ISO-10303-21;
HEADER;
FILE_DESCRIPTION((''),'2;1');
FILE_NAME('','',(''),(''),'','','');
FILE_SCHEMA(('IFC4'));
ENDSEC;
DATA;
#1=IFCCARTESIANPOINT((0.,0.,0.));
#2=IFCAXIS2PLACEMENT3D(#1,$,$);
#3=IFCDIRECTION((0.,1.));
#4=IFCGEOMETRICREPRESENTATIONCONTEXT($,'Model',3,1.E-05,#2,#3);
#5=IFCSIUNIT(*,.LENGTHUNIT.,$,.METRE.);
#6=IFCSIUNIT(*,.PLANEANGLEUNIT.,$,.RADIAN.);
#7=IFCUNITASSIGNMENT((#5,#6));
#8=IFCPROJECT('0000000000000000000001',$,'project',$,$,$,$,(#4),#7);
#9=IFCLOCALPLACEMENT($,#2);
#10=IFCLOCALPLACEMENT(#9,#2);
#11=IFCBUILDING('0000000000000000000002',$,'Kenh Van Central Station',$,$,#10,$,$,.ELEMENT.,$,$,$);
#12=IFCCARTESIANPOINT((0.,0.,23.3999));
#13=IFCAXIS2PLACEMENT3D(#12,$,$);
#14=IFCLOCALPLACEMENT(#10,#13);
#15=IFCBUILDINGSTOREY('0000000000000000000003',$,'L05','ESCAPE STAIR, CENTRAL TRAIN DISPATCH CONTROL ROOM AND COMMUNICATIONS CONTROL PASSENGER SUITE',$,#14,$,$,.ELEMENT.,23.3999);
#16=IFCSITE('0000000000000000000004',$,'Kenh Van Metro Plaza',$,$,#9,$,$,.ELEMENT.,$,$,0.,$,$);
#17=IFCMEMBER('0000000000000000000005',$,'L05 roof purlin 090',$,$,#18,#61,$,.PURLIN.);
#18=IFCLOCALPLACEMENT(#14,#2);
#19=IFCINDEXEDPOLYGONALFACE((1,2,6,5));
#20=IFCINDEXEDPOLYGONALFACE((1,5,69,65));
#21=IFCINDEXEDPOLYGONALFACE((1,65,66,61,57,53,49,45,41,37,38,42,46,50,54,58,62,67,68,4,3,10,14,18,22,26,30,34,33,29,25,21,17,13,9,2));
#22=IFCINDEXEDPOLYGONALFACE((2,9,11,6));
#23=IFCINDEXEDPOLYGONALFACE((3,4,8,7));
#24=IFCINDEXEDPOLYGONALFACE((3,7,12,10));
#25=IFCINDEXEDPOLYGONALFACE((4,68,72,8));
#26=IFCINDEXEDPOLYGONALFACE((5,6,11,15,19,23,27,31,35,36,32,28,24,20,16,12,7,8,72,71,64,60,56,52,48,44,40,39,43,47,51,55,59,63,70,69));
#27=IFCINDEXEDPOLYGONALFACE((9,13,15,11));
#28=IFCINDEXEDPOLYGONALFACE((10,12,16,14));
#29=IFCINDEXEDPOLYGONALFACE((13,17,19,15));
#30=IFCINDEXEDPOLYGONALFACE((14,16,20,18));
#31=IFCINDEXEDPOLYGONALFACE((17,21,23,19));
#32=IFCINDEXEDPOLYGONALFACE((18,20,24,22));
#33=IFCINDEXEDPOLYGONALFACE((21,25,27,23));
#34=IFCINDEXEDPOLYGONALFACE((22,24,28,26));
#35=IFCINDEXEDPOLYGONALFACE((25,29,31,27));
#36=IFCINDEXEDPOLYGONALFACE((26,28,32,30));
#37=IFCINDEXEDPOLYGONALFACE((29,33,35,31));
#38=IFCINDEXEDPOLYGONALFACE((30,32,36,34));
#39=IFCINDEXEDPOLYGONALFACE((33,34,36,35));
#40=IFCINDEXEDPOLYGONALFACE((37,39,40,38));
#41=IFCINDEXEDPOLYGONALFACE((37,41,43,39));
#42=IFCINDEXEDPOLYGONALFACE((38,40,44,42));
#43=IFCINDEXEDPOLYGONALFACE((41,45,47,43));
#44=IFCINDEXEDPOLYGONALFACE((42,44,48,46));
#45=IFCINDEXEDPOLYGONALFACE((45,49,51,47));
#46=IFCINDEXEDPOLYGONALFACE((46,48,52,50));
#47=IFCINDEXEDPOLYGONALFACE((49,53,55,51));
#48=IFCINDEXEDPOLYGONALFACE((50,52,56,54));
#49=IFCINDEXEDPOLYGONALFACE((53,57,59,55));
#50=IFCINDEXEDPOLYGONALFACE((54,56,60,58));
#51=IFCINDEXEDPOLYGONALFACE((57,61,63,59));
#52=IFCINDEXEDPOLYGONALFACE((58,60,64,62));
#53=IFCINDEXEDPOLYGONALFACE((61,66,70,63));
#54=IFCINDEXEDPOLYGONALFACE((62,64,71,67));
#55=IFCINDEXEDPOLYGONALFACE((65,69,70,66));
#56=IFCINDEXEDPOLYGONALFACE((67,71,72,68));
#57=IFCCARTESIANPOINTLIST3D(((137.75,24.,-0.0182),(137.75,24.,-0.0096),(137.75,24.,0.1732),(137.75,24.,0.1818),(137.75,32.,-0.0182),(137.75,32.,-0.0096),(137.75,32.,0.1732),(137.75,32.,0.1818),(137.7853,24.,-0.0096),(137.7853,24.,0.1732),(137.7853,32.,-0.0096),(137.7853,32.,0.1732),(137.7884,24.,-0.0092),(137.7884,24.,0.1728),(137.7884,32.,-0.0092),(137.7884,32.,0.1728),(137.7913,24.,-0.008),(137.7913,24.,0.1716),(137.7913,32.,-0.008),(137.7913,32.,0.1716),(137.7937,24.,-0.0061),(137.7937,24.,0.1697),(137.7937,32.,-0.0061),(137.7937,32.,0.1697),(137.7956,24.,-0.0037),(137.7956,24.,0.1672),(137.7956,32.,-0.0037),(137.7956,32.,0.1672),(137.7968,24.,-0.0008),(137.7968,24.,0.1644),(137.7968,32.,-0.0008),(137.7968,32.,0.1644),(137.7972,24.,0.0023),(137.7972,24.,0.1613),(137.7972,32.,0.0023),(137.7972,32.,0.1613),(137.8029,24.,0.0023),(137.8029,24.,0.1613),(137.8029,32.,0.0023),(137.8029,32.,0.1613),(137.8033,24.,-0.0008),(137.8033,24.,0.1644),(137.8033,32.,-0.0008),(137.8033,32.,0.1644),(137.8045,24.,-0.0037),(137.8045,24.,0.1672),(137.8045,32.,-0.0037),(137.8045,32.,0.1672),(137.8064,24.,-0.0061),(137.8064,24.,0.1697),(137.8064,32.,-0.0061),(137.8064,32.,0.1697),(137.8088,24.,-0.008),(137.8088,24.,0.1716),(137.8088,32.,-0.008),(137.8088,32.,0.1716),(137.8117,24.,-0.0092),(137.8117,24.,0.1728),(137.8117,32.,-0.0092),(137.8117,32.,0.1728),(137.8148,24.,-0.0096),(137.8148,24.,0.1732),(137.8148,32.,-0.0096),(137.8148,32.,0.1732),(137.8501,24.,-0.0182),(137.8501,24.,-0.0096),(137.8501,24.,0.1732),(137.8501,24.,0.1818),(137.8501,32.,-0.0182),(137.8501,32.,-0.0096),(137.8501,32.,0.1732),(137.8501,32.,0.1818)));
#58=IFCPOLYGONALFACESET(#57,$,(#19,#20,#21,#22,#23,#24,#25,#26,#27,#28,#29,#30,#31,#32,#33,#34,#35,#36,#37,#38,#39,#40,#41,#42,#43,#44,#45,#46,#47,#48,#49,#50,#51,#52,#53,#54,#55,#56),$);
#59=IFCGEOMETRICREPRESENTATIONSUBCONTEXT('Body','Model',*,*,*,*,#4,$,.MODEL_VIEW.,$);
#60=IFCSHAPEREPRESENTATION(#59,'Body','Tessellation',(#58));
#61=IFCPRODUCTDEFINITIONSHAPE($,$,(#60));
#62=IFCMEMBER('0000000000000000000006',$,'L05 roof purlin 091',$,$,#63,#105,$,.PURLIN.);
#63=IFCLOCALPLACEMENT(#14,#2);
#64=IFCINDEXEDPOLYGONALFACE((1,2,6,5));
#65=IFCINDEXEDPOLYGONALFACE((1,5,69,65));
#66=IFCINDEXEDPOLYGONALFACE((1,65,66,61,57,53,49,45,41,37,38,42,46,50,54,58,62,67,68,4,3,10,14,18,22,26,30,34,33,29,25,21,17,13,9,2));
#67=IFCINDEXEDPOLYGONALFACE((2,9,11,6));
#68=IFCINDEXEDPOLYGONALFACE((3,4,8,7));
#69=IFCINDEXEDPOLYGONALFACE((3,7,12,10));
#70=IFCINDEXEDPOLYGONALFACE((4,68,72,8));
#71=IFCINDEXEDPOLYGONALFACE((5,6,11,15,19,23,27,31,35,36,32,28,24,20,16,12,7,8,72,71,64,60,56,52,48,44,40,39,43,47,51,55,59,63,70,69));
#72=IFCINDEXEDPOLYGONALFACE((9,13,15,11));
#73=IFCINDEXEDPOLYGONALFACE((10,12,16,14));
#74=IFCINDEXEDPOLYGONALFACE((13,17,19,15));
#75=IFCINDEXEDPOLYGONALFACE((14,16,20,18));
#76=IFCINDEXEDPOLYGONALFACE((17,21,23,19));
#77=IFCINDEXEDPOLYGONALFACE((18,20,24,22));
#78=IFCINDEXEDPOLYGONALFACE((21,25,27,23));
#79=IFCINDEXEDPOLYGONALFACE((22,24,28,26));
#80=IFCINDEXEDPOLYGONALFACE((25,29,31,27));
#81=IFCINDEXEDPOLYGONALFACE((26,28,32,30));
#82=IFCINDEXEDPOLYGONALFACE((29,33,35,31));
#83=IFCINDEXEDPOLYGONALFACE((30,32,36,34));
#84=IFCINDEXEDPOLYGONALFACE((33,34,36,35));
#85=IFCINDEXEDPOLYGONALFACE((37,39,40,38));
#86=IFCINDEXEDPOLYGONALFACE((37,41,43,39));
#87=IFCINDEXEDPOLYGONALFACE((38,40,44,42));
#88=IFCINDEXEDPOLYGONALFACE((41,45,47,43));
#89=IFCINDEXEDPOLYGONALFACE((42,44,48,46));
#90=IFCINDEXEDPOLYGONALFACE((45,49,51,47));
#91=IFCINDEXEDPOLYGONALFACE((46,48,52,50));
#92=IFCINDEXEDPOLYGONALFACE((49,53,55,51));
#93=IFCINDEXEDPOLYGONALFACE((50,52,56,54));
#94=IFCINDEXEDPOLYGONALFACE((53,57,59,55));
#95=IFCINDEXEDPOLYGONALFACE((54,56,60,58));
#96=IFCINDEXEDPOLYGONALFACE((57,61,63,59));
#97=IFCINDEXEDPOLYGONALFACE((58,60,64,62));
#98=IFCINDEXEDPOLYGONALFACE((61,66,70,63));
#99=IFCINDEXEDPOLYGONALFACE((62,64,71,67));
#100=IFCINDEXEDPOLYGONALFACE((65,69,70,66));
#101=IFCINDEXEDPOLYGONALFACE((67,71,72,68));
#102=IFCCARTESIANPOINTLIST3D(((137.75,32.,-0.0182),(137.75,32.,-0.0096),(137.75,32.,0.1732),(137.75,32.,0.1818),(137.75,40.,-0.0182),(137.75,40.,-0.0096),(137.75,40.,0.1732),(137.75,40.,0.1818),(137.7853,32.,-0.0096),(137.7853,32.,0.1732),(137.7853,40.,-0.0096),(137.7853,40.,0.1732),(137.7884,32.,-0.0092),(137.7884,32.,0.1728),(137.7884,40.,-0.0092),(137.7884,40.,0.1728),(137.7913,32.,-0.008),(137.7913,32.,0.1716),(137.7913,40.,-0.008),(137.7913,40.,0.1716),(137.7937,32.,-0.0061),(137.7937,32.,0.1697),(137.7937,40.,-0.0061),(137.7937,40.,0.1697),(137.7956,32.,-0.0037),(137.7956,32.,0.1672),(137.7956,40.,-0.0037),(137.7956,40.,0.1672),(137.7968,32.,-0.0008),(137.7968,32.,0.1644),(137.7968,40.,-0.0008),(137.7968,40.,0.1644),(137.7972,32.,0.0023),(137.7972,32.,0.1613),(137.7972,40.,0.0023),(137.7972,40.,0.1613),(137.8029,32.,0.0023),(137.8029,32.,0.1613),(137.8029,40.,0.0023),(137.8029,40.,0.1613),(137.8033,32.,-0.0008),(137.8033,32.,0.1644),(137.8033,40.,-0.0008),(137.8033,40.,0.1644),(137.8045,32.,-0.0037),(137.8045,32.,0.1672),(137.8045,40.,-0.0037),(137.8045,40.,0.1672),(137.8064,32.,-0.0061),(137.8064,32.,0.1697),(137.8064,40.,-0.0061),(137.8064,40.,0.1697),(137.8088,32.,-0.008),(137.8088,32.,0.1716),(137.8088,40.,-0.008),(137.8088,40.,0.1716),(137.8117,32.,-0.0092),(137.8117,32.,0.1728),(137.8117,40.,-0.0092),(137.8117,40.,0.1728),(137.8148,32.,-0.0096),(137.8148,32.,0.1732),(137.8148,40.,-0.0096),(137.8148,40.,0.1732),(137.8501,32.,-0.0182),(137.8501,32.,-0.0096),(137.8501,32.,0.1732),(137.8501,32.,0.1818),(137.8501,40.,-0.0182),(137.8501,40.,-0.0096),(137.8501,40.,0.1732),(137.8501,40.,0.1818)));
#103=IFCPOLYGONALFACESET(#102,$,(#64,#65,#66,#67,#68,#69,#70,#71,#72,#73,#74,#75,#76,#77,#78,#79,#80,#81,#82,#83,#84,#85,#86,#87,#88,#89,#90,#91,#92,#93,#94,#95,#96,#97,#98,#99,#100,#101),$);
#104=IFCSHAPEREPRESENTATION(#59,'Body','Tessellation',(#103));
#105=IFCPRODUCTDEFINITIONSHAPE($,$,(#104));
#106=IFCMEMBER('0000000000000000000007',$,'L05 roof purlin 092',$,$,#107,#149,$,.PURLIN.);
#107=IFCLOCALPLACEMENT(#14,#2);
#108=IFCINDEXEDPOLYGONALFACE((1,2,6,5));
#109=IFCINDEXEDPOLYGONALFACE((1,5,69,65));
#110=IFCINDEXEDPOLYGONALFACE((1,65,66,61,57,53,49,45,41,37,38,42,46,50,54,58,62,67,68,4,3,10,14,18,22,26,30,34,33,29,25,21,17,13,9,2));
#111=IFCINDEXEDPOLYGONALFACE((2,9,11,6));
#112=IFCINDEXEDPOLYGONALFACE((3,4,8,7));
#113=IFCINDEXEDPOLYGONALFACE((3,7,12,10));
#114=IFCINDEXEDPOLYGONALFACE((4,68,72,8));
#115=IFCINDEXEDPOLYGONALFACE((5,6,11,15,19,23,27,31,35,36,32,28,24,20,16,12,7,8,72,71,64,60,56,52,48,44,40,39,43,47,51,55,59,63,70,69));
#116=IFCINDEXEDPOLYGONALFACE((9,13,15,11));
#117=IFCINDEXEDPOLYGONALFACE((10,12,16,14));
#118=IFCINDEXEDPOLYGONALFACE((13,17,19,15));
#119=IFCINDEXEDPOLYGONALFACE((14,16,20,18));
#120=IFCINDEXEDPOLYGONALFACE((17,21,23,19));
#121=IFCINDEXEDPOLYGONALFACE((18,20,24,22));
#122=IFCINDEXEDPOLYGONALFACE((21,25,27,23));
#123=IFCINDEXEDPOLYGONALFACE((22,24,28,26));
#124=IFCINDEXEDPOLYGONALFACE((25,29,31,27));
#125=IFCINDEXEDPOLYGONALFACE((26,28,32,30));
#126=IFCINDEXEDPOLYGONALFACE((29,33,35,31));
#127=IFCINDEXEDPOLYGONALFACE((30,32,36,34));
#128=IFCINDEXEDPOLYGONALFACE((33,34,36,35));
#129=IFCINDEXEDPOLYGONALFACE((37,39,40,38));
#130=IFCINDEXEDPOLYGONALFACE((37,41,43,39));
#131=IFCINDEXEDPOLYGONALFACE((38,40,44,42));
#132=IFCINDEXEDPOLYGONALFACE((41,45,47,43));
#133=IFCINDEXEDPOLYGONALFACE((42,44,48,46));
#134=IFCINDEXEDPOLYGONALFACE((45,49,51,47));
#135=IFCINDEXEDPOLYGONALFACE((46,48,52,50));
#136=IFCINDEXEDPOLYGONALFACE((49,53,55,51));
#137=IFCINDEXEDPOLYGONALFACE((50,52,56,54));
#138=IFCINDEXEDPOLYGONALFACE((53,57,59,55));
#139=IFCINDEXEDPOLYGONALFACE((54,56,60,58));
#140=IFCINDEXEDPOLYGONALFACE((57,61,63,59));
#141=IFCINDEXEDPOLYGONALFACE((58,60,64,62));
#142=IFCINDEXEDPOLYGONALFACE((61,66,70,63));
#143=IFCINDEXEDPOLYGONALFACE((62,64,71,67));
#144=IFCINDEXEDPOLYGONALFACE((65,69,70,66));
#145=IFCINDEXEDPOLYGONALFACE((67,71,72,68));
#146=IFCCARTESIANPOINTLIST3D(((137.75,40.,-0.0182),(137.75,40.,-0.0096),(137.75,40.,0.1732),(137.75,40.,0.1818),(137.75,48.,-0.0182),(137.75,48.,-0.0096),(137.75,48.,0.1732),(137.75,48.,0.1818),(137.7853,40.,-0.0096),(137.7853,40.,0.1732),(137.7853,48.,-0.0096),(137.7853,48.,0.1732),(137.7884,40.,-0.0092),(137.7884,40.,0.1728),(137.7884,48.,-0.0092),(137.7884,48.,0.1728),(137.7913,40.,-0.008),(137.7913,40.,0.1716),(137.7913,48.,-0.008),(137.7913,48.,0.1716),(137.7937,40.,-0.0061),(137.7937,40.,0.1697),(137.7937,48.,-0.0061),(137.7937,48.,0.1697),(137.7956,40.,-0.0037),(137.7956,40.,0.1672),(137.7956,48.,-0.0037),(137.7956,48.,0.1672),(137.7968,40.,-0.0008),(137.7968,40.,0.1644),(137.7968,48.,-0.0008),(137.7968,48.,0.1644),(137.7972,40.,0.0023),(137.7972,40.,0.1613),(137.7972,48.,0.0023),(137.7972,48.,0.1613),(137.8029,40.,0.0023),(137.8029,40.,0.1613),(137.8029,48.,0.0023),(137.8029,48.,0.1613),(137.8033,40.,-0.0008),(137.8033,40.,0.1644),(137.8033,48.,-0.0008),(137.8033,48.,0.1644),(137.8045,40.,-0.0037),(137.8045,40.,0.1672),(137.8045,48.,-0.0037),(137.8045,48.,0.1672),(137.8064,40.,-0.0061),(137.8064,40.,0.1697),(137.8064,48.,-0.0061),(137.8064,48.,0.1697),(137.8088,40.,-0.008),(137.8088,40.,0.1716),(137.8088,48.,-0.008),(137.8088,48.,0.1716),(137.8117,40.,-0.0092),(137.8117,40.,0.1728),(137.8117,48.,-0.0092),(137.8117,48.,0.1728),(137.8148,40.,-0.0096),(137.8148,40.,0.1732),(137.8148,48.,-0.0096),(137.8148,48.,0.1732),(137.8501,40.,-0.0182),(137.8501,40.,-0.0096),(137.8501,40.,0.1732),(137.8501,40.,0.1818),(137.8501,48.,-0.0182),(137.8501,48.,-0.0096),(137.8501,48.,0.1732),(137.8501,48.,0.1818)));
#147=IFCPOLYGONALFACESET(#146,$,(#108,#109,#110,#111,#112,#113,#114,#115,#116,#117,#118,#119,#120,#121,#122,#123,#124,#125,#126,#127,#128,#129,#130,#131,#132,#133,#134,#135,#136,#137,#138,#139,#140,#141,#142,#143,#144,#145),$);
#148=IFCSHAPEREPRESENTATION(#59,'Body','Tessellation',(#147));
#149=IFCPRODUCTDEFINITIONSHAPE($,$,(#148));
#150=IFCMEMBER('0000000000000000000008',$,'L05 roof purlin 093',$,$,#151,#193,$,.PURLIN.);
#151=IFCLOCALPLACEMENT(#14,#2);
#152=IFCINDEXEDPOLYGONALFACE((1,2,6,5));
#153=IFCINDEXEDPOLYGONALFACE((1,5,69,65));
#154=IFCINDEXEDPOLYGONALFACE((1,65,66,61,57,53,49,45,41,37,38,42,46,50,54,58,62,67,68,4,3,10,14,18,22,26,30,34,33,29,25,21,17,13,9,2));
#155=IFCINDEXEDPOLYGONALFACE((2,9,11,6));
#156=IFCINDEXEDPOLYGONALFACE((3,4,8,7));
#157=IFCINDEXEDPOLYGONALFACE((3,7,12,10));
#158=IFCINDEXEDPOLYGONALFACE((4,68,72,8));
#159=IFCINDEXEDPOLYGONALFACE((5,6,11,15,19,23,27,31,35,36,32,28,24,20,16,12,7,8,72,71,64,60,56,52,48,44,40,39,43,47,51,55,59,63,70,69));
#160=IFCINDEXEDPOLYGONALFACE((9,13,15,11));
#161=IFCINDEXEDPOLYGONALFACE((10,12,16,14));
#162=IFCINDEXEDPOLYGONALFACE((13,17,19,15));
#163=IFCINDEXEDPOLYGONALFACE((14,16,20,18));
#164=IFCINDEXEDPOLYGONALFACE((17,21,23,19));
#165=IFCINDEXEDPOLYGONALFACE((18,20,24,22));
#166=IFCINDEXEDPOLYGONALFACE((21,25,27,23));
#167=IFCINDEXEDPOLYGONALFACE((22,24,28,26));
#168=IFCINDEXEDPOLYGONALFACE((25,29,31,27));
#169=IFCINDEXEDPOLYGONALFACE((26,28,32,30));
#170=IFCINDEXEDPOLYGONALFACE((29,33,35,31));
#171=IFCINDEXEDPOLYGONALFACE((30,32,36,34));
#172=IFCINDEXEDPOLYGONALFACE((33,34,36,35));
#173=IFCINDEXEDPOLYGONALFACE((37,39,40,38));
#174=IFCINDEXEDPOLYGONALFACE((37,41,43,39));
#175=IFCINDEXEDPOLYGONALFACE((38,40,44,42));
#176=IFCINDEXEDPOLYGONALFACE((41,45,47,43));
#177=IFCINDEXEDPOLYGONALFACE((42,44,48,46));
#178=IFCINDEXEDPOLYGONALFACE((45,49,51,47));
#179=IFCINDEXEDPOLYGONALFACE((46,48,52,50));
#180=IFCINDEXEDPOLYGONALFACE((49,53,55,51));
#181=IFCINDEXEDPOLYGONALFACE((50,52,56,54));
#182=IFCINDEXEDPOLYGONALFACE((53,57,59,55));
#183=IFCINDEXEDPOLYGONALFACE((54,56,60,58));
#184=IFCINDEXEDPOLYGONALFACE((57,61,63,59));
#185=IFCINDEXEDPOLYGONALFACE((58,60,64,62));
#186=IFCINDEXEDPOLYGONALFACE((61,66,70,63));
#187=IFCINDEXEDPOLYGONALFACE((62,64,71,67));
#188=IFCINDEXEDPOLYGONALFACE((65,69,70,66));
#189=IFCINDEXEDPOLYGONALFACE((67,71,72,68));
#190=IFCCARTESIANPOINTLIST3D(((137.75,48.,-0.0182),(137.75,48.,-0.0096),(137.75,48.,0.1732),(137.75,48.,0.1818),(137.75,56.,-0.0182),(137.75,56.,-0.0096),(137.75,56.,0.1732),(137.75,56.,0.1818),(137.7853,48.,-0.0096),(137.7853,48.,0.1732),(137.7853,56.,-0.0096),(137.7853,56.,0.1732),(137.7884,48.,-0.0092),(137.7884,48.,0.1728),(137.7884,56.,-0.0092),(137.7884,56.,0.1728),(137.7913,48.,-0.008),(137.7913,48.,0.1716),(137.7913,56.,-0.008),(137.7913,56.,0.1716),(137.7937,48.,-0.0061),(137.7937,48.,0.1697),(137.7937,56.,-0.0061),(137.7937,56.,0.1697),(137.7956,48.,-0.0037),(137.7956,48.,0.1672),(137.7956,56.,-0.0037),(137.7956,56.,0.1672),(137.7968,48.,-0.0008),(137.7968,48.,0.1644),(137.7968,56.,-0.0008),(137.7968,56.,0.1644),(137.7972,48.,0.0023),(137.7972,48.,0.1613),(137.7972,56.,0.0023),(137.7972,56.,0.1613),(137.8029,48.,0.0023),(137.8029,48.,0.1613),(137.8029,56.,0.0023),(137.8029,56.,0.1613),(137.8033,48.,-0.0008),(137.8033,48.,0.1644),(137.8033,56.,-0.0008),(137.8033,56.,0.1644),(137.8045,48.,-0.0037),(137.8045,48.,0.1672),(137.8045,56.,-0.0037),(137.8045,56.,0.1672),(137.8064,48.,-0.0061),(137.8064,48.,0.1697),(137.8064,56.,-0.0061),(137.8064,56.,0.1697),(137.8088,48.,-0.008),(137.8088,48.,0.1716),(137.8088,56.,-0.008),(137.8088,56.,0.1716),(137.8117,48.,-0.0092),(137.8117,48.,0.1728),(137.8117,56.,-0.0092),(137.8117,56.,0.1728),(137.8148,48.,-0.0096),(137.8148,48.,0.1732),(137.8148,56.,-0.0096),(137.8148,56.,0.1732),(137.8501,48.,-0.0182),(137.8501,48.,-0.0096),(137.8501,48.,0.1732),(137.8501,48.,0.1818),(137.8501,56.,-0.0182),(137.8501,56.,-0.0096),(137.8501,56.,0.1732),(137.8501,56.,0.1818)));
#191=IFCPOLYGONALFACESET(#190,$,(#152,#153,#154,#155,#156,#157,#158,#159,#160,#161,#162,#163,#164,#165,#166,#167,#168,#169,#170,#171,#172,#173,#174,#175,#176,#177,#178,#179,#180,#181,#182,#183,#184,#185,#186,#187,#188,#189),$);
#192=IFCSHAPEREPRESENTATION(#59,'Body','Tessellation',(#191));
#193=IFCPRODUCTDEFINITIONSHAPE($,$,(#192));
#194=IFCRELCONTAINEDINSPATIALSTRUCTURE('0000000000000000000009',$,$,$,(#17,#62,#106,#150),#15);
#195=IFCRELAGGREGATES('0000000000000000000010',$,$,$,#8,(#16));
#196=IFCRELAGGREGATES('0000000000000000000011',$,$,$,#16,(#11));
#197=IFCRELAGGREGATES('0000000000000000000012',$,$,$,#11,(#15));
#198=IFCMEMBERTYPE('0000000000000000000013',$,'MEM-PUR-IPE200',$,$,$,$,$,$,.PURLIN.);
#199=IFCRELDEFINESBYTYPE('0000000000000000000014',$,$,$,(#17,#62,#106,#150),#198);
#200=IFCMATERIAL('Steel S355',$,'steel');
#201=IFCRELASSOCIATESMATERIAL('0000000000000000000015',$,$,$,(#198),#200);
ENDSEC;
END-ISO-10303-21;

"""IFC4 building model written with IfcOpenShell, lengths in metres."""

from ifc_helpers import new_model, si_unit, direction, frame, origin, origin_2d, place, context, subcontext, project, spatial, i_section, extrude, material, material_profile, profile_set, type_object, element, save


model = new_model("IFC4")

# Units and contexts
model_context = context("Model", 3, precision=1e-05, world=origin(), true_north=direction((0.0, 1.0)))
body_context = subcontext(model_context, "Body", "Model", "MODEL_VIEW")
ifc_project = project(units=[si_unit("LENGTHUNIT", "METRE"), si_unit("PLANEANGLEUNIT", "RADIAN")], contexts=[model_context])

# Site, building, storey
site_placement = place(None, origin())
site = spatial("IfcSite", under=ifc_project, at=site_placement, Name="Kenh Van Metro Plaza", CompositionType="ELEMENT", RefElevation=0.0)
building_placement = place(site_placement, origin())
building = spatial("IfcBuilding", under=site, at=building_placement, Name="Kenh Van Central Station", CompositionType="ELEMENT")
storey_placement = place(building_placement, frame((0.0, 0.0, 23.3999)))
storey = spatial("IfcBuildingStorey", under=building, at=storey_placement, Name="L05", Description="ESCAPE STAIR, CENTRAL TRAIN DISPATCH CONTROL ROOM AND COMMUNICATIONS CONTROL PASSENGER SUITE", CompositionType="ELEMENT", Elevation=23.3999)

# Shared definitions
ifc_material_1 = material(Name="Steel S355", Category="steel")

# Members
ifc_material_profile_1 = material_profile(ifc_material_1, i_section(OverallWidth=0.1001, OverallDepth=0.2, WebThickness=0.0056, FlangeThickness=0.0085, FilletRadius=0.012, at=origin_2d()), Name="IPE 200")
ifc_profile_set_1 = profile_set([ifc_material_profile_1], Name="Steel S355")
member_type_1 = type_object("IfcMemberType", Name="MEM-PUR-IPE200", PredefinedType="PURLIN", material=ifc_profile_set_1)
for number, where, z_axis, x_axis, name in (
    (1, (137.8, 24.0, 0.0818), (0.0, 1.0, 0.0), (-1.0, 0.0, 0.0), "L05 roof purlin 090"),
    (2, (137.8, 32.0, 0.0818), (0.0, 1.0, 0.0), (-1.0, 0.0, 0.0), "L05 roof purlin 091"),
    (3, (137.8, 40.0, 0.0818), (0.0, 1.0, 0.0), (-1.0, 0.0, 0.0), "L05 roof purlin 092"),
    (4, (137.8, 48.0, 0.0818), (0.0, 1.0, 0.0), (-1.0, 0.0, 0.0), "L05 roof purlin 093"),
):
    element("IfcMember", number, at=place(storey_placement, frame(where, z_axis=z_axis, x_axis=x_axis)), inside=storey, type_object=member_type_1, Name=name, PredefinedType="PURLIN", context=body_context, shape_type="SweptSolid", body=[
        extrude(i_section(OverallWidth=0.1001, OverallDepth=0.2, WebThickness=0.0056, FlangeThickness=0.0085, FilletRadius=0.012, at=origin_2d()), origin(), (0.0, 0.0, 1.0), 8.0),
    ])

save(model, "model.ifc")
